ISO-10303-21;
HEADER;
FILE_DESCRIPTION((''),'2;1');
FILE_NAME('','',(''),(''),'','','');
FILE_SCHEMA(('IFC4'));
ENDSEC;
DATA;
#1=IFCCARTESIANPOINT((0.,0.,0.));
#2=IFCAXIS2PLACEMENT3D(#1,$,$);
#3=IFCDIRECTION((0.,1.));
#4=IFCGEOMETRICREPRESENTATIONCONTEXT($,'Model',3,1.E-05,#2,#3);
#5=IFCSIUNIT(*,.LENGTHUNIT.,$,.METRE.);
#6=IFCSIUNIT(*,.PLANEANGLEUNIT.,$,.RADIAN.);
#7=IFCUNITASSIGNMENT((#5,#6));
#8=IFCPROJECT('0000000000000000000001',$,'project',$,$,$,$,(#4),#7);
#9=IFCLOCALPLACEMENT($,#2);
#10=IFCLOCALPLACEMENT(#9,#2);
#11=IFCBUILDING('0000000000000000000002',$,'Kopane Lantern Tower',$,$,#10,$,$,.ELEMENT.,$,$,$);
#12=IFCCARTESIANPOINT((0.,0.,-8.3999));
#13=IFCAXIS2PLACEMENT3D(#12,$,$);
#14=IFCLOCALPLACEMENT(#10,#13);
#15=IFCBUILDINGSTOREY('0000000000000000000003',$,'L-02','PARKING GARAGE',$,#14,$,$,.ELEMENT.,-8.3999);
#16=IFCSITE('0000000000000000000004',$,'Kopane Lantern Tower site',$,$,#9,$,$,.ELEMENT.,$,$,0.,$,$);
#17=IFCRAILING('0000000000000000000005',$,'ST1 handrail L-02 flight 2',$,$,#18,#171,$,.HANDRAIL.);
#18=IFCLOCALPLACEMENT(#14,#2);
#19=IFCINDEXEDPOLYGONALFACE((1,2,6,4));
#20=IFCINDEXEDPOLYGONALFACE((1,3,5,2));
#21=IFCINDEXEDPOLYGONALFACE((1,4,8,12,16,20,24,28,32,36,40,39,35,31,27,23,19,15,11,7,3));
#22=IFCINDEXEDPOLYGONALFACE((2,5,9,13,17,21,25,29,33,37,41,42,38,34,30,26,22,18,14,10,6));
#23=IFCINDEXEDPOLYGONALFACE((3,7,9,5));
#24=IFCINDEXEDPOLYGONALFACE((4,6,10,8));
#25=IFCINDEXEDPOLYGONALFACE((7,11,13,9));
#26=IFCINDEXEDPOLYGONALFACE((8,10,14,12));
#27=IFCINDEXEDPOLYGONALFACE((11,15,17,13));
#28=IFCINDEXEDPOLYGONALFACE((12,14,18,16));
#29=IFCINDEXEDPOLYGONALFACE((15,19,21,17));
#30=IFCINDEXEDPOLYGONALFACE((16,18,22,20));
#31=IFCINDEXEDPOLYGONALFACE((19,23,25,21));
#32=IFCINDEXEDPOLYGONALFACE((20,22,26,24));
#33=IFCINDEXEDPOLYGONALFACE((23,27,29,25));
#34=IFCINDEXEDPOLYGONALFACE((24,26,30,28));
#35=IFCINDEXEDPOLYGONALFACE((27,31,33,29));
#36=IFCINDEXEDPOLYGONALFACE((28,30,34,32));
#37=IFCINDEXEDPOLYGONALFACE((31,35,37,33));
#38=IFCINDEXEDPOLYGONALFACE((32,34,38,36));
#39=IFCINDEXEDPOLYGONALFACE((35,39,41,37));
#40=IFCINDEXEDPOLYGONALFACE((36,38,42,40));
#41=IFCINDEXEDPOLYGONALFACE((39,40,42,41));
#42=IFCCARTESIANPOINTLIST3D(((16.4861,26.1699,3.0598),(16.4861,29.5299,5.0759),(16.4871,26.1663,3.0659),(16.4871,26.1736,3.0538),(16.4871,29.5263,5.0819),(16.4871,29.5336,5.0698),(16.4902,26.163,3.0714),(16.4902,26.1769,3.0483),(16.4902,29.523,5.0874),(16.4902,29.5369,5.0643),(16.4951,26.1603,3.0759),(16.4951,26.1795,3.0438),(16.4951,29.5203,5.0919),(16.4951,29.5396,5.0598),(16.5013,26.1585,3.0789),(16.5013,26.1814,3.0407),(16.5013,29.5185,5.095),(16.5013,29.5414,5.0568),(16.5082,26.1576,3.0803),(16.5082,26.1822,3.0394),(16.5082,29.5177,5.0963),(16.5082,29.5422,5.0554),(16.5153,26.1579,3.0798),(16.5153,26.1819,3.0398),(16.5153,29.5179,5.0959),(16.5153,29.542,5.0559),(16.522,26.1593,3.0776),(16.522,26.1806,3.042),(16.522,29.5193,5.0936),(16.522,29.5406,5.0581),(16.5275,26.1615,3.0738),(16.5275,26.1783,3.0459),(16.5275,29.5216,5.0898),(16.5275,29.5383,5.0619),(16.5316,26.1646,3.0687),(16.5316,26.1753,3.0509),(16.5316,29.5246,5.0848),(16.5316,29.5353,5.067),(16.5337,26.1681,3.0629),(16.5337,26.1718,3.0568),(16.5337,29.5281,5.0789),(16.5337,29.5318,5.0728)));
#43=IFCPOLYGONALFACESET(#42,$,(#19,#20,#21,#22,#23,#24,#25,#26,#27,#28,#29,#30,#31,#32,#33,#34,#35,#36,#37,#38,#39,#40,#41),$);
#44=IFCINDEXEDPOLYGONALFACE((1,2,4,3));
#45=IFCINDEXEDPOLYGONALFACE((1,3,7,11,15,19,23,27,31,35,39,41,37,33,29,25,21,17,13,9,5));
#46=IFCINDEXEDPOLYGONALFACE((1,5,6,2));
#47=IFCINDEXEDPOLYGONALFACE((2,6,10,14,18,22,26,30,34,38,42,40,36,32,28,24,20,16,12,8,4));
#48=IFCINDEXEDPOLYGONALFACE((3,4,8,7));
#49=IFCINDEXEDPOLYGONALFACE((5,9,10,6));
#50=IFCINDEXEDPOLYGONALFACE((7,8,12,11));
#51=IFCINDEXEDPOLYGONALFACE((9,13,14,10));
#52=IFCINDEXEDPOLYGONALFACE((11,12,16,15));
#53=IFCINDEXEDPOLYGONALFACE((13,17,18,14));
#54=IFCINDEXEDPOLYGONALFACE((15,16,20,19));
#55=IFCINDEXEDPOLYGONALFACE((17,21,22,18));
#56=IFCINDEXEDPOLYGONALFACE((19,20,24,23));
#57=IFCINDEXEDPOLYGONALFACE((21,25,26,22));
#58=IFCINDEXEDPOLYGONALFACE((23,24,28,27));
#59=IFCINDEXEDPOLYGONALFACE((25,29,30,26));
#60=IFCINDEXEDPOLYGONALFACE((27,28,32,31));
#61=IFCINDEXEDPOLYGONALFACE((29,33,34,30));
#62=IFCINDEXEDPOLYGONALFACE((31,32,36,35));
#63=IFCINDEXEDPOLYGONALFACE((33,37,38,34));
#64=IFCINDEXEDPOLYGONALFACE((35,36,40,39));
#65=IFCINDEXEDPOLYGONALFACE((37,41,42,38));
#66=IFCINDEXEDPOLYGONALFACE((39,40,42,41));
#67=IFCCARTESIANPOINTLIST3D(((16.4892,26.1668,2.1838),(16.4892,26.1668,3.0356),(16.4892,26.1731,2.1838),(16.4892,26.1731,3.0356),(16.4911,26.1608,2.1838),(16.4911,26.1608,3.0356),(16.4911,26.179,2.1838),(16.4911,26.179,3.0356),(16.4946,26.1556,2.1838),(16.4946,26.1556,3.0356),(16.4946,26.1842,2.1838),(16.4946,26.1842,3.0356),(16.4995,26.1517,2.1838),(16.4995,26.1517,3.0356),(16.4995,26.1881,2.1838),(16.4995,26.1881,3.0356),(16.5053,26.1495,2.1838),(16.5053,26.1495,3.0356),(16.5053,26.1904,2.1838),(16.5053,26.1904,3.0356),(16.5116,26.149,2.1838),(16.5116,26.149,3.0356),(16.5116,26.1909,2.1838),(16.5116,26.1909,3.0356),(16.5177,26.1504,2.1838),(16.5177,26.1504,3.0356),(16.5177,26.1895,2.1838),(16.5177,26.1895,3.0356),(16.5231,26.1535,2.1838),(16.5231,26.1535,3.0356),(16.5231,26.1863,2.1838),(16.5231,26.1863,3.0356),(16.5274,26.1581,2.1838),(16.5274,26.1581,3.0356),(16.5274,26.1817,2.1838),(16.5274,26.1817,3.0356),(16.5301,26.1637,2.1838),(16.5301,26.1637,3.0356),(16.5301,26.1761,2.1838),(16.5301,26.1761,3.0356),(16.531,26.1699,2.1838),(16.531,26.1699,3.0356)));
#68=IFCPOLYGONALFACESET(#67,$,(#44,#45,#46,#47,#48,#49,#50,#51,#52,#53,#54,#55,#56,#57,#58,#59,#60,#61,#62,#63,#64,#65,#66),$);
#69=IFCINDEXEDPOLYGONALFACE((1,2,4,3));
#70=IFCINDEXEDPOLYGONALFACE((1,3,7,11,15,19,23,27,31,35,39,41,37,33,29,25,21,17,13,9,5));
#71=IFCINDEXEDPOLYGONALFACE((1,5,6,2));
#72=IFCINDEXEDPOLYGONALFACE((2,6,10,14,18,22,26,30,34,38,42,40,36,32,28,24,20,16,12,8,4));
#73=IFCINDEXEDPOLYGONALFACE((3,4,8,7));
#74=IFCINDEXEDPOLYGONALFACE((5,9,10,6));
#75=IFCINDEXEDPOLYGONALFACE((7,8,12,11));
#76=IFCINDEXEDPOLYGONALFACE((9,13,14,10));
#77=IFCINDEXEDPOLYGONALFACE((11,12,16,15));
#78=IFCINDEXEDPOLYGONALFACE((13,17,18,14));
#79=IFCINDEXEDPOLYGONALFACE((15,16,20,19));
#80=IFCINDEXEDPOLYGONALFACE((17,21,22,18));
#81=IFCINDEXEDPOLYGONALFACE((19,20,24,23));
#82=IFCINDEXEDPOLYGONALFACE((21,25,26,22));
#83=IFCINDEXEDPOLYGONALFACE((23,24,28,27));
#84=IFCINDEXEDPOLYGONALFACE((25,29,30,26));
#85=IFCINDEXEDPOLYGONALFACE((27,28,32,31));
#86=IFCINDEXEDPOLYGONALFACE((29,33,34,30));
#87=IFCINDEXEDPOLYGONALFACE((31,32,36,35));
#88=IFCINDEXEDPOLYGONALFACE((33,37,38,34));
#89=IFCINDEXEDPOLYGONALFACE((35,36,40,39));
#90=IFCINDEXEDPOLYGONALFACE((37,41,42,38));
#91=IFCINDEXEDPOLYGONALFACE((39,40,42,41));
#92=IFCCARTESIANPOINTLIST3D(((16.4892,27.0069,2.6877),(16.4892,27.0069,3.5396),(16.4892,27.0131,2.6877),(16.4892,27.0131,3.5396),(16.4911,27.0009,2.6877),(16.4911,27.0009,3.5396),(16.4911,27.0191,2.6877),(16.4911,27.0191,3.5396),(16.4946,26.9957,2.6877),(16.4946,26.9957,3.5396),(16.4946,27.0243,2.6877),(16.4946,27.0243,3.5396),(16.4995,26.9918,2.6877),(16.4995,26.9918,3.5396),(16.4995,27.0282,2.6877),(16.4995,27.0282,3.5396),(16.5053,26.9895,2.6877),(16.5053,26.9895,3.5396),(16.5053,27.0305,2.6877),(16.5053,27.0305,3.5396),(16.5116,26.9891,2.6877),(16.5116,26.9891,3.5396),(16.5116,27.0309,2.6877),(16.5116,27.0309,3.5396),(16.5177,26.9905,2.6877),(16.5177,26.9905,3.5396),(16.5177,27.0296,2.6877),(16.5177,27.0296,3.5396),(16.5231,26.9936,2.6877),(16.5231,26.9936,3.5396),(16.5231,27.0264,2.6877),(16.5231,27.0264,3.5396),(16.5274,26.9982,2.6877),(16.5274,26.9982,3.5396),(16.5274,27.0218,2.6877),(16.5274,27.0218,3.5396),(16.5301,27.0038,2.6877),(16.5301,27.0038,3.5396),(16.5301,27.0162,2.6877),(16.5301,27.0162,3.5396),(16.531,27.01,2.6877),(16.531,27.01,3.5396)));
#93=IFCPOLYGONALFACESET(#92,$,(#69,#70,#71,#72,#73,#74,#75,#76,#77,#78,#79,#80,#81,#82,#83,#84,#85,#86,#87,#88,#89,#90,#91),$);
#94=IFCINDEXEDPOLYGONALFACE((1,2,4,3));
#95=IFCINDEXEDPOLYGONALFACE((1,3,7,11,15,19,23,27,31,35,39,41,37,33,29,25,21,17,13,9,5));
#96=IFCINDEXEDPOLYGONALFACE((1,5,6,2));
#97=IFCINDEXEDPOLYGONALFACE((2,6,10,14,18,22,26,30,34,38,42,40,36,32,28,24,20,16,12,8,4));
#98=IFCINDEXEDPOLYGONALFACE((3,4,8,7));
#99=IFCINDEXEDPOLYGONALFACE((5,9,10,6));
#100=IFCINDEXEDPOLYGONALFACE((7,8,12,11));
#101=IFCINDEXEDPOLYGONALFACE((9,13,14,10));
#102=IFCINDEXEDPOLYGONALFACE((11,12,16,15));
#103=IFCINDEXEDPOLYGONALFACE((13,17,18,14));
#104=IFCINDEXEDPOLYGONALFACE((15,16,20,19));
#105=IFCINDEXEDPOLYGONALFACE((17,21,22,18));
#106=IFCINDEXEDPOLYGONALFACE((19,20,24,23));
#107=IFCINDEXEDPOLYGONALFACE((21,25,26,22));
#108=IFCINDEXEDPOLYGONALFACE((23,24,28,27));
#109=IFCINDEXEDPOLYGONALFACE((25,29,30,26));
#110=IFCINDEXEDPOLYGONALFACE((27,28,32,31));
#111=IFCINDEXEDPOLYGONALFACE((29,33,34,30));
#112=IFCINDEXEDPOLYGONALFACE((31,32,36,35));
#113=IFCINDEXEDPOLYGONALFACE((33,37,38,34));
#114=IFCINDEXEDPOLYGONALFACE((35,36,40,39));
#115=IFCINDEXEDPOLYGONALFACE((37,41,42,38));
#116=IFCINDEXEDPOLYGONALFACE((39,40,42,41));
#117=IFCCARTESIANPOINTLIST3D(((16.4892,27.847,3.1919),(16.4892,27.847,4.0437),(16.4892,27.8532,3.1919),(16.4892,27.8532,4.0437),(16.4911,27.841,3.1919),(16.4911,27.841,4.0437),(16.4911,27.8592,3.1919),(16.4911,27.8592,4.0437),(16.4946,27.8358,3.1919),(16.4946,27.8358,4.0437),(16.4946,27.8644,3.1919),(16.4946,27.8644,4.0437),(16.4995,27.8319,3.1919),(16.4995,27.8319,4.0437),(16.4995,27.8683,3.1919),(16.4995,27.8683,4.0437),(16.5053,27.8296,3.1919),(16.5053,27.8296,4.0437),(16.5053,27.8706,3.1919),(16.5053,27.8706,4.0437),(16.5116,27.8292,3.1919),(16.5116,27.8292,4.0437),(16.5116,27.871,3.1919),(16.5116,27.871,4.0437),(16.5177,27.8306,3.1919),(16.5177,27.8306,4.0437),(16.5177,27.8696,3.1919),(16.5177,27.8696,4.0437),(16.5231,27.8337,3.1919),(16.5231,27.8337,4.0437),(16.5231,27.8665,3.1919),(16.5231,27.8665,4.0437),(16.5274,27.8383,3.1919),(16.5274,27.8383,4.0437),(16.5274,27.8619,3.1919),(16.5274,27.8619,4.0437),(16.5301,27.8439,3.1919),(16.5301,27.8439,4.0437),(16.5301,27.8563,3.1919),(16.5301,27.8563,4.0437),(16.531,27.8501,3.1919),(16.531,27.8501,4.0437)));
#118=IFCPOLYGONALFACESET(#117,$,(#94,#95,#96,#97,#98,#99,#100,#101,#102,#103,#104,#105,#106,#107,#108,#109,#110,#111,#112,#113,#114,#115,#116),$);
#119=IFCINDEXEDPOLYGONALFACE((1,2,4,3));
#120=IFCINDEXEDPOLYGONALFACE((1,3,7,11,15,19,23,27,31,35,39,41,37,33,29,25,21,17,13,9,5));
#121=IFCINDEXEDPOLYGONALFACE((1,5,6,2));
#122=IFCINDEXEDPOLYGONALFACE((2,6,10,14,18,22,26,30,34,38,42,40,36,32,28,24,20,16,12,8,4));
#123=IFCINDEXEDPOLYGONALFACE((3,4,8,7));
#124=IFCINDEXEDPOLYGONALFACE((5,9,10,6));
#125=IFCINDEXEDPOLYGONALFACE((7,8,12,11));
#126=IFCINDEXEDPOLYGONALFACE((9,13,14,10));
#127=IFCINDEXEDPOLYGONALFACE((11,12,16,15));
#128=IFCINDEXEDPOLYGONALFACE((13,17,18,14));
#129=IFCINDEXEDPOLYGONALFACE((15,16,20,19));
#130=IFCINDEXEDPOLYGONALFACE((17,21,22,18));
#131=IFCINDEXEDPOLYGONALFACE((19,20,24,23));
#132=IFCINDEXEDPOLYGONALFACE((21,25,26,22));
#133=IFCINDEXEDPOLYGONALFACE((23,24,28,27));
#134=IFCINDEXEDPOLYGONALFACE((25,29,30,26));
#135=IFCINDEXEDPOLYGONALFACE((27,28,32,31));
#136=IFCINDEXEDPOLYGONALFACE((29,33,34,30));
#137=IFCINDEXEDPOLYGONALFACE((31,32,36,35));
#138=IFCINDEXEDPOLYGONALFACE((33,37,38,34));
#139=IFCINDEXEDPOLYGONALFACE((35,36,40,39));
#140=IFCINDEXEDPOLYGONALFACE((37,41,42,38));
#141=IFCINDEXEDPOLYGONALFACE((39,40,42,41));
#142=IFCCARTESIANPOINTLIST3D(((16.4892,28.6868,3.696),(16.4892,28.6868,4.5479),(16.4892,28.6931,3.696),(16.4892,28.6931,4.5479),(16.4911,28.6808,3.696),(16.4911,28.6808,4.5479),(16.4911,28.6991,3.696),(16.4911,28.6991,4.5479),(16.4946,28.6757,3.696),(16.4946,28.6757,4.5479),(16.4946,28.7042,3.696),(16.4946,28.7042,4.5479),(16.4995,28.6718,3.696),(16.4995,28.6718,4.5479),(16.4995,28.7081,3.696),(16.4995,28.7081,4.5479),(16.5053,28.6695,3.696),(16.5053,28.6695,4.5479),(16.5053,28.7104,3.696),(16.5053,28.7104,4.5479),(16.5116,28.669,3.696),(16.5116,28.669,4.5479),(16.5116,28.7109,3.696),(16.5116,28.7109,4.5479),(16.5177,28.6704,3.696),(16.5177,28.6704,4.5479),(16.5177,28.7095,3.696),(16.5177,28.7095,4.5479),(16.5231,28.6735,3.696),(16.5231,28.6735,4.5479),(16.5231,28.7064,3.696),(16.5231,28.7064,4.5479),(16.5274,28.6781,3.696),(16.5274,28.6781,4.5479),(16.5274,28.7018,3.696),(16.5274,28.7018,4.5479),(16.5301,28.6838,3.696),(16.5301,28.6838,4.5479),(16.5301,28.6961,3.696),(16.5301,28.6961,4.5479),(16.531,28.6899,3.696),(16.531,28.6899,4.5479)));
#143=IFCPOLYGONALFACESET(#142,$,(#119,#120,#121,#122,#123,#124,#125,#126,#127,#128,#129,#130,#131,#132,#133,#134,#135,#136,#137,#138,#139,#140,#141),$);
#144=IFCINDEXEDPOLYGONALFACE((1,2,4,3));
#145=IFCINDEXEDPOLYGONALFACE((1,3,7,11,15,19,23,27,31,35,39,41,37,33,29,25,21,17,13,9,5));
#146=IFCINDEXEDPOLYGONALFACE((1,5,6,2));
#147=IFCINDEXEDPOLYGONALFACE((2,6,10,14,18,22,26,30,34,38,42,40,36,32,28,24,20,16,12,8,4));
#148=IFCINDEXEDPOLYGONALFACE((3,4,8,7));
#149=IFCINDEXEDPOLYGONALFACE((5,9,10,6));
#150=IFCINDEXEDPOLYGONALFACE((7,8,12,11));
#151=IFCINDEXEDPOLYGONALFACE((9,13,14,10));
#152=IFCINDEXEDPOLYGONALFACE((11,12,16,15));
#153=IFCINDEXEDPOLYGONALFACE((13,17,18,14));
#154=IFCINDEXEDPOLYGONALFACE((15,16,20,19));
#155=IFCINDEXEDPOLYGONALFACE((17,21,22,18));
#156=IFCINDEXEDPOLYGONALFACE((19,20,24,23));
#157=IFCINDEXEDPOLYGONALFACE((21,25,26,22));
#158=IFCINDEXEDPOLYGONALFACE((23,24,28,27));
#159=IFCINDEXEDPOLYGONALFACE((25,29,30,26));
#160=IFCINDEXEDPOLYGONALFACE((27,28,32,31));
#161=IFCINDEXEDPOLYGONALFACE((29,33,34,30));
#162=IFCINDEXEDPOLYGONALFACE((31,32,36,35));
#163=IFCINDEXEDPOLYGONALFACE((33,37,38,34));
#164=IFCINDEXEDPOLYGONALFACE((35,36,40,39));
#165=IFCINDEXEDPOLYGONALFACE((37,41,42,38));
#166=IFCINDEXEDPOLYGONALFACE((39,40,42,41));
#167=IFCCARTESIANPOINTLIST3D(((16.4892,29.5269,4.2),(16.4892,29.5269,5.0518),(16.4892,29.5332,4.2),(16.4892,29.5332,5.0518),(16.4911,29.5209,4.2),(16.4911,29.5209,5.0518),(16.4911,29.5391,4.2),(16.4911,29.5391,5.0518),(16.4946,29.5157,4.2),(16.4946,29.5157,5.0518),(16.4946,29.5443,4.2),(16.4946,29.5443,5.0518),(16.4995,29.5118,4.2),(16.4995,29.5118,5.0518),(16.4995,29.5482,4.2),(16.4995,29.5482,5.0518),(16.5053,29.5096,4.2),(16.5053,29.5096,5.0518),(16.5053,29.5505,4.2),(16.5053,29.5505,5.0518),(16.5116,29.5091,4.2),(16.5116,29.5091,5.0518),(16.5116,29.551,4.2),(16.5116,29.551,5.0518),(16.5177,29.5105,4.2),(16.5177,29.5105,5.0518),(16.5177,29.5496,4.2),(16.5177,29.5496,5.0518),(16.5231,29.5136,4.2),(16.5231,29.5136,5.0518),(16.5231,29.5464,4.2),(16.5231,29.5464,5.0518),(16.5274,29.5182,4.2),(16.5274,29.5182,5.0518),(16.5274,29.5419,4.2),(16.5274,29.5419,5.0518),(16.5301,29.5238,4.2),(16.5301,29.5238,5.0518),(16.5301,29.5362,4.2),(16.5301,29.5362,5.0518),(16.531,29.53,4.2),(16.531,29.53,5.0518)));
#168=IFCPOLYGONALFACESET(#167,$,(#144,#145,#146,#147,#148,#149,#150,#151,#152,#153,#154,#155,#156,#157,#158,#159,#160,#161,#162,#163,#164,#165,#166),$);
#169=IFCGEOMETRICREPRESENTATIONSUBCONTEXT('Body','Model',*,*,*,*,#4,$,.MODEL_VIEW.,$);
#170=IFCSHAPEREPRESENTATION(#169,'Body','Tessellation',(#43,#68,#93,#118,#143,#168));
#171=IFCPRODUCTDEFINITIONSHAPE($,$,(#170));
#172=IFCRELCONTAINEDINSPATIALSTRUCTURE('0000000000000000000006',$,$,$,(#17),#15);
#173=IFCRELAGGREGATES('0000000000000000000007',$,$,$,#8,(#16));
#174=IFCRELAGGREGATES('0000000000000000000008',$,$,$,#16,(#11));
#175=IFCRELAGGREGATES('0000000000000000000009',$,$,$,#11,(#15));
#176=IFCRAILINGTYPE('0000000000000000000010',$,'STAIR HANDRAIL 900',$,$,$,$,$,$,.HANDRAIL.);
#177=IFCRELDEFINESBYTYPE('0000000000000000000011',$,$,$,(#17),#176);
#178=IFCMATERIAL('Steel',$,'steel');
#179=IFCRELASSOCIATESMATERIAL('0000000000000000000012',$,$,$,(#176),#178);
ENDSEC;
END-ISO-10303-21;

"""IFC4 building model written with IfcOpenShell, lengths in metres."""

from ifc_helpers import new_model, si_unit, direction, frame, origin, origin_2d, place, context, subcontext, project, spatial, circle, extrude, material, type_object, element, save


model = new_model("IFC4")

# Units and contexts
model_context = context("Model", 3, precision=1e-05, world=origin(), true_north=direction((0.0, 1.0)))
body_context = subcontext(model_context, "Body", "Model", "MODEL_VIEW")
ifc_project = project(units=[si_unit("LENGTHUNIT", "METRE"), si_unit("PLANEANGLEUNIT", "RADIAN")], contexts=[model_context])

# Site, building, storey
site_placement = place(None, origin())
site = spatial("IfcSite", under=ifc_project, at=site_placement, Name="Kopane Lantern Tower site", CompositionType="ELEMENT", RefElevation=0.0)
building_placement = place(site_placement, origin())
building = spatial("IfcBuilding", under=site, at=building_placement, Name="Kopane Lantern Tower", CompositionType="ELEMENT")
storey_placement = place(building_placement, frame((0.0, 0.0, -8.3999)))
storey = spatial("IfcBuildingStorey", under=building, at=storey_placement, Name="L-02", Description="PARKING GARAGE", CompositionType="ELEMENT", Elevation=-8.3999)

# Railing
ifc_material_1 = material(Name="Steel", Category="steel")
railing_type = type_object("IfcRailingType", Name="STAIR HANDRAIL 900", PredefinedType="HANDRAIL", material=ifc_material_1)
for number, where, name in (
    (1, (16.51, 26.1699, 2.1838), "ST1 handrail L-02 flight 2"),
):
    element("IfcRailing", number, at=place(storey_placement, frame(where)), inside=storey, type_object=railing_type, Name=name, PredefinedType="HANDRAIL", context=body_context, shape_type="SweptSolid", body=[
        extrude(circle(Radius=0.0239, at=origin_2d()), frame((0.0, 0.0, 0.876), z_axis=(0.0, 0.857487, 0.514505), x_axis=(-1.0, 0.0, 0.0)), (0.0, 0.0, 1.0), 3.9185),
        extrude(circle(Radius=0.021, at=origin_2d()), origin(), (0.0, 0.0, 1.0), 0.8518),
        extrude(circle(Radius=0.021, at=origin_2d()), frame((0.0, 0.8401, 0.5039)), (0.0, 0.0, 1.0), 0.8518),
        extrude(circle(Radius=0.021, at=origin_2d()), frame((0.0, 1.6802, 1.0081)), (0.0, 0.0, 1.0), 0.8518),
        extrude(circle(Radius=0.021, at=origin_2d()), frame((0.0, 2.52, 1.5122)), (0.0, 0.0, 1.0), 0.8518),
        extrude(circle(Radius=0.021, at=origin_2d()), frame((0.0, 3.3601, 2.0161)), (0.0, 0.0, 1.0), 0.8518),
    ])

save(model, "model.ifc")
